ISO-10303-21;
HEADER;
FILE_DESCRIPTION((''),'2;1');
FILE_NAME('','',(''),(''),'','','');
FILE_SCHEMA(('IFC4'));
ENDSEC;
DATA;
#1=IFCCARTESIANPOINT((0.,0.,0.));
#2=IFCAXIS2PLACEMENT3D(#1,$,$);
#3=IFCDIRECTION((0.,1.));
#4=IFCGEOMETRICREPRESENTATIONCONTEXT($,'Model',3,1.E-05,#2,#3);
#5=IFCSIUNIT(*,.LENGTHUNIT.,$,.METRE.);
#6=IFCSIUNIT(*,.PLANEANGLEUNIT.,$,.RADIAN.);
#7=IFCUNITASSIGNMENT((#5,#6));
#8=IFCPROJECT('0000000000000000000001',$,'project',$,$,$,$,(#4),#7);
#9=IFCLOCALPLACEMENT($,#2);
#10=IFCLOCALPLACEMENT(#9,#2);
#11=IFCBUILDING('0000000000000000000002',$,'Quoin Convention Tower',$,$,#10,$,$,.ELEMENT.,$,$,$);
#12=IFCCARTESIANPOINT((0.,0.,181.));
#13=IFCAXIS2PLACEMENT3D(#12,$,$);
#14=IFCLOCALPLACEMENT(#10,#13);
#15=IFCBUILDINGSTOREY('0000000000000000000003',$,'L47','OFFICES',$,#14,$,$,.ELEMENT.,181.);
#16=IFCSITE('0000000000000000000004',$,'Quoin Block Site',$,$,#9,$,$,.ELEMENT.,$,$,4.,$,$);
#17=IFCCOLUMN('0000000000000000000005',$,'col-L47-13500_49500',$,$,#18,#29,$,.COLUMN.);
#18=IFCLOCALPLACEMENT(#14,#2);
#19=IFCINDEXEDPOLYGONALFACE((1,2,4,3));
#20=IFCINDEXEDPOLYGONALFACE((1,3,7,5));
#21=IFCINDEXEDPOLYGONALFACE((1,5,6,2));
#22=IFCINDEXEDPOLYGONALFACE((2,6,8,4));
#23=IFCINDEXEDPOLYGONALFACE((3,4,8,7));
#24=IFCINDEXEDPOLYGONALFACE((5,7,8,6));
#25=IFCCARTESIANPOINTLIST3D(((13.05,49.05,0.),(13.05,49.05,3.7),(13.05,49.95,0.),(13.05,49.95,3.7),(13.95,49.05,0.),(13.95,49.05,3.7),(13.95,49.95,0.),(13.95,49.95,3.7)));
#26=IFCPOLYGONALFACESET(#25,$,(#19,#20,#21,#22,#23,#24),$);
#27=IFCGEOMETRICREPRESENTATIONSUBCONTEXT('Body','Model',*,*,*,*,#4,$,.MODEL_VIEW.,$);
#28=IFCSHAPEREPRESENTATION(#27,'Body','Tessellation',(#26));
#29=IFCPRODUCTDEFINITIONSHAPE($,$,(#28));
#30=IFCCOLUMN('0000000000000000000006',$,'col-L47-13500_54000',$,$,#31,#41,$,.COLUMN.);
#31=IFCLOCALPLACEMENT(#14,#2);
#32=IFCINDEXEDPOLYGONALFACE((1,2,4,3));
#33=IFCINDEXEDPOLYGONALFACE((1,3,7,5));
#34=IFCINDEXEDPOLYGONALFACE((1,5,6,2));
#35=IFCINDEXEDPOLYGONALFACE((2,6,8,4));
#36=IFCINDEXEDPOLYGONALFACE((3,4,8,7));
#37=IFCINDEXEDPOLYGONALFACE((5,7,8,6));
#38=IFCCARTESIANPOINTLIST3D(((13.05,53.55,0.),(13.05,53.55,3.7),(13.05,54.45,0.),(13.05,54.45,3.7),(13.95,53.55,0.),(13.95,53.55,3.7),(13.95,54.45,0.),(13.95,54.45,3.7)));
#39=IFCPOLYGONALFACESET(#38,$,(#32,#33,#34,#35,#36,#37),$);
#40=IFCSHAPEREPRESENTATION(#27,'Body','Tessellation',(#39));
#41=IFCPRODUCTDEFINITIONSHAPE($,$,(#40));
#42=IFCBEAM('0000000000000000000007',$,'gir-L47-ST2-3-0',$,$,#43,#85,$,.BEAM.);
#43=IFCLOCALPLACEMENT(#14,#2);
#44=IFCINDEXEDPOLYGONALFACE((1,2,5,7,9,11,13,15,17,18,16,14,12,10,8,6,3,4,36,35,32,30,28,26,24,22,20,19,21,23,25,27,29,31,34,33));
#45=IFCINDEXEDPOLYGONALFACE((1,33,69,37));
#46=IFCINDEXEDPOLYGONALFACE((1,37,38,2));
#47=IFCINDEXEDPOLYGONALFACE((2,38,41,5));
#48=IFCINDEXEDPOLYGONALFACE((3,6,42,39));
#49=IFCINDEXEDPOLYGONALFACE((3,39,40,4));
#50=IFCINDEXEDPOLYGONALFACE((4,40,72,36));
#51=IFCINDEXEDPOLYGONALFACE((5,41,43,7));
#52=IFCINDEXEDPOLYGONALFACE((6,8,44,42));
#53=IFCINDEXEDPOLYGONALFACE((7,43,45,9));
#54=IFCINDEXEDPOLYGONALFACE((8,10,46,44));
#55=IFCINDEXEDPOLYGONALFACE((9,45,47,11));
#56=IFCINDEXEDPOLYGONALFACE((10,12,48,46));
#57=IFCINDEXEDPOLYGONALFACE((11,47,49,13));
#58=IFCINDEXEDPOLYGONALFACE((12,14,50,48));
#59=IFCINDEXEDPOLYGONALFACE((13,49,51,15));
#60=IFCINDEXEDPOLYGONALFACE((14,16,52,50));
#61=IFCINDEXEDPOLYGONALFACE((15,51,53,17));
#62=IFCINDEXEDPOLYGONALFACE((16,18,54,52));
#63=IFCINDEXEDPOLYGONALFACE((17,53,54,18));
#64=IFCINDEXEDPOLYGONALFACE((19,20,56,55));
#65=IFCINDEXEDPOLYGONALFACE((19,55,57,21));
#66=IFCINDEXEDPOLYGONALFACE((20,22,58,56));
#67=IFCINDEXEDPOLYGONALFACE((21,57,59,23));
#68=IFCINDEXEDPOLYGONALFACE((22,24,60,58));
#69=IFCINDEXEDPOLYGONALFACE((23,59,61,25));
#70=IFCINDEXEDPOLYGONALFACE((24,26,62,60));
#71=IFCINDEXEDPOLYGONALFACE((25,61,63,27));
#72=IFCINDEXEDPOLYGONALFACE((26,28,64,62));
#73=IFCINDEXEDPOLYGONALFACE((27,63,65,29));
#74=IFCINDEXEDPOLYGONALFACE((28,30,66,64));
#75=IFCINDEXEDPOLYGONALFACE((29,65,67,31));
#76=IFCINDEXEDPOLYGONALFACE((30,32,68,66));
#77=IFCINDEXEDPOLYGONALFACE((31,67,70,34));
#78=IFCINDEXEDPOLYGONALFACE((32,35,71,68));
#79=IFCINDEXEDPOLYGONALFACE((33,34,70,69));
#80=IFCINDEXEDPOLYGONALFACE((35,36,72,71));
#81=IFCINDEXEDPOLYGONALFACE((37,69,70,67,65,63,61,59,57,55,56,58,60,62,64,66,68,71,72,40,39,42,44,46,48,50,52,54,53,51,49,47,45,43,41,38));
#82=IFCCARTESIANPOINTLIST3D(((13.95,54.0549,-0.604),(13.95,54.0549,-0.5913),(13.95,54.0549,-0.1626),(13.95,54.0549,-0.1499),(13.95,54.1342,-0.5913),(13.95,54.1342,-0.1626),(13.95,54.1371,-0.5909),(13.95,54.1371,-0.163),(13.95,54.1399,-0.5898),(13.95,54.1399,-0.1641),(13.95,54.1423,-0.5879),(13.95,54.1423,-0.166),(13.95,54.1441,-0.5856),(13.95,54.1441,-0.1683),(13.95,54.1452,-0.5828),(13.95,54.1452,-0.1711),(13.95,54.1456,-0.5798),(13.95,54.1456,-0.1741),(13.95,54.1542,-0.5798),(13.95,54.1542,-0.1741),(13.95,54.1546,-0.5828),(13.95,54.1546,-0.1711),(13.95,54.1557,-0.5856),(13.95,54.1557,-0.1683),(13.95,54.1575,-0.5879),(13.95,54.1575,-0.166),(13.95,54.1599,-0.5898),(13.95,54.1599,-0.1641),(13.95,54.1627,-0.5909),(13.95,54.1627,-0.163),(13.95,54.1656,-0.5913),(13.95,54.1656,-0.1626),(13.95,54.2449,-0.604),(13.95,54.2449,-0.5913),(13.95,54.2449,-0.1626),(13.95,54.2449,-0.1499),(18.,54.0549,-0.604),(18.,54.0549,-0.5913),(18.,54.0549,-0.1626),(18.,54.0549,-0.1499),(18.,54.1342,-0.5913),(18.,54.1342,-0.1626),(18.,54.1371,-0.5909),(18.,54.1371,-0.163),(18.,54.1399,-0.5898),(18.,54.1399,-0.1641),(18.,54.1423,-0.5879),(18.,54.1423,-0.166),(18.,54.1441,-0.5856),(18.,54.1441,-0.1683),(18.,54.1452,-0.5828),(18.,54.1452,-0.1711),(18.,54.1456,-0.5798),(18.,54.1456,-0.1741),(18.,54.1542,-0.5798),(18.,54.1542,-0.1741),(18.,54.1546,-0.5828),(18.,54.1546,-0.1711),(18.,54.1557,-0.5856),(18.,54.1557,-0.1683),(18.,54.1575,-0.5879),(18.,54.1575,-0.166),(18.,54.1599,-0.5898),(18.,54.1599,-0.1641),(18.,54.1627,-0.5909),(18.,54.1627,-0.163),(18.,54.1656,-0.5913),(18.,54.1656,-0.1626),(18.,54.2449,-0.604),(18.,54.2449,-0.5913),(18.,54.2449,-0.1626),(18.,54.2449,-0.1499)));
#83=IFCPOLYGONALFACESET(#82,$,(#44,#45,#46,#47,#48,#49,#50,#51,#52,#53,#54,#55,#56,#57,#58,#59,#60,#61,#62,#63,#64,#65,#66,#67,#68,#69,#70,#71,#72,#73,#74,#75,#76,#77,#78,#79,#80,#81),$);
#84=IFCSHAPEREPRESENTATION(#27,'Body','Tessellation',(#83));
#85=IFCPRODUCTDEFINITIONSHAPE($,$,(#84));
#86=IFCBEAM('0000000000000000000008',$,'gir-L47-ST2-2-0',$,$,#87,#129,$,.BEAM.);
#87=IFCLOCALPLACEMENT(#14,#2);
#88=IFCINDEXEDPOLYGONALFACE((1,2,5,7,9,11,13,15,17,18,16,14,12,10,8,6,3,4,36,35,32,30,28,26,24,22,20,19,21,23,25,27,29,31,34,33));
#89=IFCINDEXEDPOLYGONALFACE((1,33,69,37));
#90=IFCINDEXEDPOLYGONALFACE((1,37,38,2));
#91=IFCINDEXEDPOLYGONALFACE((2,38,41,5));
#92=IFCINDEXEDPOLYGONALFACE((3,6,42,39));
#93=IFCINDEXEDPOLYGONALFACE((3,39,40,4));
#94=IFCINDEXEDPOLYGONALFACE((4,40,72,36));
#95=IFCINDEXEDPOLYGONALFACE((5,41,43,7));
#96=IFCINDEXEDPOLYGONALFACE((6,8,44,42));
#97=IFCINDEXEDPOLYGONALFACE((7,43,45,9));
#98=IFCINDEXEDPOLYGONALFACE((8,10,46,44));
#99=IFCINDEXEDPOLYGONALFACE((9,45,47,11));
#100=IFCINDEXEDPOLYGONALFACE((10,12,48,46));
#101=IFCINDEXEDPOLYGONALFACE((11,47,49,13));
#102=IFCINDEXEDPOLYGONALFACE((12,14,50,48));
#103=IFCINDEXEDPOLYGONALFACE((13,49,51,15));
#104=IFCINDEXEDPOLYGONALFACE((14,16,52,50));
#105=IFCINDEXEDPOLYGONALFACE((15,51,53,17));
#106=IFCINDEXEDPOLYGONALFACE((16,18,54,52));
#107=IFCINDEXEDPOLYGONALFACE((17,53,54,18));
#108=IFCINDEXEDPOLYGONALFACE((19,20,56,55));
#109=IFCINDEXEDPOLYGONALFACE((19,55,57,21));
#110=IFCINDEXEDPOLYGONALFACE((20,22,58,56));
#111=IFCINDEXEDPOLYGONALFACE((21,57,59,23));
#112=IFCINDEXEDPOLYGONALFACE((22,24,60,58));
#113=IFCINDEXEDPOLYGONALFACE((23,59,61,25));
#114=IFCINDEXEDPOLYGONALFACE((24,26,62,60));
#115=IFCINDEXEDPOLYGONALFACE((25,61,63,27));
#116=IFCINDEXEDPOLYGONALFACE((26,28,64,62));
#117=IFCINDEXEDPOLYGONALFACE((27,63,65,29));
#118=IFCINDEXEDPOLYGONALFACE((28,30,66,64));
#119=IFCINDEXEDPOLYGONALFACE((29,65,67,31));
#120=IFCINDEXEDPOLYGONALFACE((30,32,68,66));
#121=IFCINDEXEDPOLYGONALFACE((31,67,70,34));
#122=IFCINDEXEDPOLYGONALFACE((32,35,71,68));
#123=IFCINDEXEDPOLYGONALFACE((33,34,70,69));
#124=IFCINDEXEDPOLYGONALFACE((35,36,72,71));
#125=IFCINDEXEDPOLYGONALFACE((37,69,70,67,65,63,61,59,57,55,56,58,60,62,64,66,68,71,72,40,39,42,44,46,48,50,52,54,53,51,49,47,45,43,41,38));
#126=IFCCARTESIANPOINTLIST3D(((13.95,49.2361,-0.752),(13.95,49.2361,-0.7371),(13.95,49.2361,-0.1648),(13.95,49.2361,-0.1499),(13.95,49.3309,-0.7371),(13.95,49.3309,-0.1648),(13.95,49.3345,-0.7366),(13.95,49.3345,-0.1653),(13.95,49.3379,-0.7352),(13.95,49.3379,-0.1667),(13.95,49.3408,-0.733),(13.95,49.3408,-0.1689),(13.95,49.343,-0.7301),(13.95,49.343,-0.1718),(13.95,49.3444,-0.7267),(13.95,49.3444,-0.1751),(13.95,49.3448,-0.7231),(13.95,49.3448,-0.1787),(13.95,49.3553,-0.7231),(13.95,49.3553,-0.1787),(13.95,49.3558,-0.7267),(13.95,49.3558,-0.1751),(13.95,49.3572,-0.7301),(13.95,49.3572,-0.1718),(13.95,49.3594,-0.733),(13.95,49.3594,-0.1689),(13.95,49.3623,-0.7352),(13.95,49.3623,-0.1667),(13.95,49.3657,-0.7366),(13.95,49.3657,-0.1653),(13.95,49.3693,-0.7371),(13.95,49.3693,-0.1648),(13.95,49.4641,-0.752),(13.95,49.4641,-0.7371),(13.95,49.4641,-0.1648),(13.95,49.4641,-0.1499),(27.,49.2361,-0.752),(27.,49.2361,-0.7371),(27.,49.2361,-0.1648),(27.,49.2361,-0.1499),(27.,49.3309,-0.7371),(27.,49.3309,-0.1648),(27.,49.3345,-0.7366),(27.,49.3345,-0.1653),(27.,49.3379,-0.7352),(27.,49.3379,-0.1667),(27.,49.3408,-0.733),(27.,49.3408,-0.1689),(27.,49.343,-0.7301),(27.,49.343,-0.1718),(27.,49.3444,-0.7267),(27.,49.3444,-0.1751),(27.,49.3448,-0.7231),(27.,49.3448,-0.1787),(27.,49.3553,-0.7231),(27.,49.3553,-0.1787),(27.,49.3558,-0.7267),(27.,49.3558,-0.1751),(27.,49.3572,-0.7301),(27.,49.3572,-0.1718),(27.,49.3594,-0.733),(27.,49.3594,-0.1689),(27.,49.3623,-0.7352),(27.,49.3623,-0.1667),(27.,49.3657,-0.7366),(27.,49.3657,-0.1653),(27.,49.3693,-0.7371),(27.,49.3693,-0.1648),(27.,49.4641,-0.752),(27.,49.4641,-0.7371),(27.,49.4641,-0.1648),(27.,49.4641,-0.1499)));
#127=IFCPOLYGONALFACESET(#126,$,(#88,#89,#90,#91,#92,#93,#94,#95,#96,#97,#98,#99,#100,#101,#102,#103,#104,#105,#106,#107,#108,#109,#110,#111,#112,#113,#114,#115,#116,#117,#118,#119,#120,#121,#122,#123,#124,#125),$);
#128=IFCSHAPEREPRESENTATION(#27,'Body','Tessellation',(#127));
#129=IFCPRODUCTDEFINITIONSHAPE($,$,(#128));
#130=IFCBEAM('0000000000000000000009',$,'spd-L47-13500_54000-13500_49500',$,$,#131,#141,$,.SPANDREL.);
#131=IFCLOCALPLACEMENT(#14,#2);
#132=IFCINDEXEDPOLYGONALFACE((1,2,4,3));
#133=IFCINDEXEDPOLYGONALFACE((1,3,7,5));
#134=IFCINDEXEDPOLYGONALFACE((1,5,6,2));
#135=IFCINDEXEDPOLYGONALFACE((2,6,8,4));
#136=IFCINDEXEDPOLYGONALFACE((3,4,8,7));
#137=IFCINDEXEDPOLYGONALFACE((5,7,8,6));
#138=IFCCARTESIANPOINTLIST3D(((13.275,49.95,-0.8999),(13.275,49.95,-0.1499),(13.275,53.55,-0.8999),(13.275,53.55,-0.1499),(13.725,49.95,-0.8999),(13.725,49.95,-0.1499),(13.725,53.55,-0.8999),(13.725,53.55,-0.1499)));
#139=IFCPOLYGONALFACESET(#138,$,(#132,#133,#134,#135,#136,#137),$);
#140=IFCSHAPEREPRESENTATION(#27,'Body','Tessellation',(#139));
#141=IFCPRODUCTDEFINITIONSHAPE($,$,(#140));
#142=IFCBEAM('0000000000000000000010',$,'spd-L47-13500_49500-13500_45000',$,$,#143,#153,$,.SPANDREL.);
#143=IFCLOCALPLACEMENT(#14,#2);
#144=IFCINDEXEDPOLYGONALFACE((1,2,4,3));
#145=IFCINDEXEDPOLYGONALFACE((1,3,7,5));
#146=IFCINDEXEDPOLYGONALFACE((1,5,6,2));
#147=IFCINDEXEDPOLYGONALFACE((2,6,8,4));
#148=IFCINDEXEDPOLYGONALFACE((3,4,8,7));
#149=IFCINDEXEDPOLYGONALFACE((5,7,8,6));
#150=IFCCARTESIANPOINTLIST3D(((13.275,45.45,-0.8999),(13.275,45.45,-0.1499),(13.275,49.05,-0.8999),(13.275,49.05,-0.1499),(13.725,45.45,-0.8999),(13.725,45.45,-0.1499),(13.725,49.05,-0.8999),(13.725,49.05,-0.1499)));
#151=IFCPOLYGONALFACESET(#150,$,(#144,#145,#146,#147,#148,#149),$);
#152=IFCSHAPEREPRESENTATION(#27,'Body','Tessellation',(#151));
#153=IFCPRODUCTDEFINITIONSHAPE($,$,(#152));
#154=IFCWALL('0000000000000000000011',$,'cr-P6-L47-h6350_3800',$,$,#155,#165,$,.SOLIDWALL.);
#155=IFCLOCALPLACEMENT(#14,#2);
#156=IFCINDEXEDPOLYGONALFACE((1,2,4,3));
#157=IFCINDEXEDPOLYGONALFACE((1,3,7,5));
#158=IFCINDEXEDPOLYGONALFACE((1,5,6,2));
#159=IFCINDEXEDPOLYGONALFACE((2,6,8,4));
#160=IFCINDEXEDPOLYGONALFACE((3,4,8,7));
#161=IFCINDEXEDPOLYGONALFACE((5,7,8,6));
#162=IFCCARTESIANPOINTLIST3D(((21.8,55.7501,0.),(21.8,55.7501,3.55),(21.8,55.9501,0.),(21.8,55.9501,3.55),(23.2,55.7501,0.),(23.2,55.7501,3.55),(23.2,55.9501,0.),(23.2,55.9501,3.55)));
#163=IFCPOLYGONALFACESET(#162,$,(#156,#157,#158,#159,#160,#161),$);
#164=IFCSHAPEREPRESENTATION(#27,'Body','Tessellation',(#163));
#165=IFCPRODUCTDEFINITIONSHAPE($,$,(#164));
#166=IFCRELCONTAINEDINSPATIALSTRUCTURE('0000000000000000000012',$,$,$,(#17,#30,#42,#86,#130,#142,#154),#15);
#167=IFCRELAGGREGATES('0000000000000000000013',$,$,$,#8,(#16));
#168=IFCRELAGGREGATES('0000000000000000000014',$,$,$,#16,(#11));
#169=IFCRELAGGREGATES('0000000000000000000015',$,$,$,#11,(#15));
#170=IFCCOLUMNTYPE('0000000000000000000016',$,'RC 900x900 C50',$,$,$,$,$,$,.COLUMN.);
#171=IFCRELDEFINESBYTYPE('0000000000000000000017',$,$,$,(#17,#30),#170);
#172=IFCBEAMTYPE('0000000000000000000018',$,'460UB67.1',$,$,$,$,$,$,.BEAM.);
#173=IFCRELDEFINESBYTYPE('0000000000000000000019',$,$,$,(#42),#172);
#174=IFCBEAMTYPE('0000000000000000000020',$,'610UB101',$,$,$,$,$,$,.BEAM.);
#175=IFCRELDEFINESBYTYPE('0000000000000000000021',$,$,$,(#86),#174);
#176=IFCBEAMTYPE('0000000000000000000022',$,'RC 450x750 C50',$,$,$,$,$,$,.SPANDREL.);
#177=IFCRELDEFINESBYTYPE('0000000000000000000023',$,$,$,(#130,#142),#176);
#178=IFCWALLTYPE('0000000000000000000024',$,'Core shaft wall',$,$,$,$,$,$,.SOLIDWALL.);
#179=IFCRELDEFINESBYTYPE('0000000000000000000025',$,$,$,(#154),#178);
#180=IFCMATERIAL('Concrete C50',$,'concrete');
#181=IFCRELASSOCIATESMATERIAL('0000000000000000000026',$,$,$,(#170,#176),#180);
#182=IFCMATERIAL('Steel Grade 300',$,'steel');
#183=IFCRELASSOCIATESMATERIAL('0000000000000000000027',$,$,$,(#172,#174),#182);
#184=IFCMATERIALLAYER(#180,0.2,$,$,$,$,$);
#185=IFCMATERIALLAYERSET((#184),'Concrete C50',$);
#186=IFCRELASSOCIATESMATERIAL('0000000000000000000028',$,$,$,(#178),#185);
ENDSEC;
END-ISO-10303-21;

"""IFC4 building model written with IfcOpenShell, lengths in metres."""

from ifc_helpers import new_model, si_unit, direction, frame, frame_2d, origin, origin_2d, place, context, subcontext, project, spatial, rectangle, i_section, extrude, material, layer, layer_set, material_profile, profile_set, type_object, element, save


model = new_model("IFC4")

# Units and contexts
model_context = context("Model", 3, precision=1e-05, world=origin(), true_north=direction((0.0, 1.0)))
body_context = subcontext(model_context, "Body", "Model", "MODEL_VIEW")
ifc_project = project(units=[si_unit("LENGTHUNIT", "METRE"), si_unit("PLANEANGLEUNIT", "RADIAN")], contexts=[model_context])

# Site, building, storey
site_placement = place(None, origin())
site = spatial("IfcSite", under=ifc_project, at=site_placement, Name="Quoin Block Site", CompositionType="ELEMENT", RefElevation=4.0)
building_placement = place(site_placement, origin())
building = spatial("IfcBuilding", under=site, at=building_placement, Name="Quoin Convention Tower", CompositionType="ELEMENT")
storey_placement = place(building_placement, frame((0.0, 0.0, 181.0)))
storey = spatial("IfcBuildingStorey", under=building, at=storey_placement, Name="L47", Description="OFFICES", CompositionType="ELEMENT", Elevation=181.0)

# Columns
ifc_material_1 = material(Name="Concrete C50", Category="concrete")
ifc_material_profile_1 = material_profile(ifc_material_1, rectangle(XDim=0.8999, YDim=0.8999, at=origin_2d()), Name="RC 900x900")
ifc_profile_set_1 = profile_set([ifc_material_profile_1], Name="Concrete C50")
column_type = type_object("IfcColumnType", Name="RC 900x900 C50", PredefinedType="COLUMN", material=ifc_profile_set_1)
for number, where, z_axis, x_axis, name in (
    (1, (13.5, 49.5, 0.0), (0.0, 0.0, 1.0), (1.0, 0.0, 0.0), "col-L47-13500_49500"),
    (2, (13.5, 54.0, 0.0), (0.0, 0.0, 1.0), (1.0, 0.0, 0.0), "col-L47-13500_54000"),
):
    element("IfcColumn", number, at=place(storey_placement, frame(where, z_axis=z_axis, x_axis=x_axis)), inside=storey, type_object=column_type, Name=name, PredefinedType="COLUMN", context=body_context, shape_type="SweptSolid", body=[
        extrude(rectangle(XDim=0.8999, YDim=0.8999, at=origin_2d()), origin(), (0.0, 0.0, 1.0), 3.7),
    ])

# Beams
ifc_material_2 = material(Name="Steel Grade 300", Category="steel")
ifc_material_profile_2 = material_profile(ifc_material_2, i_section(OverallWidth=0.1899, OverallDepth=0.4541, WebThickness=0.0085, FlangeThickness=0.0127, FilletRadius=0.0115, at=origin_2d()), Name="460UB67.1")
ifc_profile_set_2 = profile_set([ifc_material_profile_2], Name="Steel Grade 300")
beam_type_1 = type_object("IfcBeamType", Name="460UB67.1", PredefinedType="BEAM", material=ifc_profile_set_2)
beam_1_placement = place(storey_placement, frame((13.95, 54.1499, -0.377), z_axis=(1.0, 0.0, 0.0), x_axis=(0.0, 1.0, 0.0)))
element("IfcBeam", 3, at=beam_1_placement, inside=storey, type_object=beam_type_1, Name="gir-L47-ST2-3-0", PredefinedType="BEAM", context=body_context, shape_type="SweptSolid", body=[
    extrude(i_section(OverallWidth=0.1899, OverallDepth=0.4541, WebThickness=0.0085, FlangeThickness=0.0127, FilletRadius=0.0115, at=origin_2d()), origin(), (0.0, 0.0, 1.0), 4.05),
])
ifc_material_profile_3 = material_profile(ifc_material_2, i_section(OverallWidth=0.228, OverallDepth=0.6021, WebThickness=0.0105, FlangeThickness=0.0149, FilletRadius=0.0139, at=origin_2d()), Name="610UB101")
ifc_profile_set_3 = profile_set([ifc_material_profile_3], Name="Steel Grade 300")
beam_type_2 = type_object("IfcBeamType", Name="610UB101", PredefinedType="BEAM", material=ifc_profile_set_3)
beam_2_placement = place(storey_placement, frame((13.95, 49.3501, -0.4509), z_axis=(1.0, 0.0, 0.0), x_axis=(0.0, 1.0, 0.0)))
element("IfcBeam", 4, at=beam_2_placement, inside=storey, type_object=beam_type_2, Name="gir-L47-ST2-2-0", PredefinedType="BEAM", context=body_context, shape_type="SweptSolid", body=[
    extrude(i_section(OverallWidth=0.228, OverallDepth=0.6021, WebThickness=0.0105, FlangeThickness=0.0149, FilletRadius=0.0139, at=origin_2d()), origin(), (0.0, 0.0, 1.0), 13.05),
])
ifc_material_profile_4 = material_profile(ifc_material_1, rectangle(XDim=0.45, YDim=0.75, at=origin_2d()), Name="RC 450x750")
ifc_profile_set_4 = profile_set([ifc_material_profile_4], Name="Concrete C50")
beam_type_3 = type_object("IfcBeamType", Name="RC 450x750 C50", PredefinedType="SPANDREL", material=ifc_profile_set_4)
for number, where, z_axis, x_axis, name in (
    (5, (13.5, 53.55, -0.5249), (0.0, -1.0, 0.0), (1.0, 0.0, 0.0), "spd-L47-13500_54000-13500_49500"),
    (6, (13.5, 49.05, -0.5249), (0.0, -1.0, 0.0), (1.0, 0.0, 0.0), "spd-L47-13500_49500-13500_45000"),
):
    element("IfcBeam", number, at=place(storey_placement, frame(where, z_axis=z_axis, x_axis=x_axis)), inside=storey, type_object=beam_type_3, Name=name, PredefinedType="SPANDREL", context=body_context, shape_type="SweptSolid", body=[
        extrude(rectangle(XDim=0.45, YDim=0.75, at=origin_2d()), origin(), (0.0, 0.0, 1.0), 3.6001),
    ])

# Wall
ifc_layer_1 = layer(ifc_material_1, 0.2)
ifc_layer_set_1 = layer_set([ifc_layer_1], Name="Concrete C50")
wall_type_1 = type_object("IfcWallType", Name="Core shaft wall", PredefinedType="SOLIDWALL", material=ifc_layer_set_1)
wall_1_placement = place(storey_placement, frame((21.8, 55.8501, 0.0), z_axis=(0.0, 0.0, 1.0), x_axis=(1.0, 0.0, 0.0)))
element("IfcWall", 7, at=wall_1_placement, inside=storey, type_object=wall_type_1, Name="cr-P6-L47-h6350_3800", PredefinedType="SOLIDWALL", context=body_context, shape_type="SweptSolid", body=[
    extrude(rectangle(XDim=1.3999, YDim=0.2, at=frame_2d((0.7, 0.0))), origin(), (0.0, 0.0, 1.0), 3.55),
])

save(model, "model.ifc")
